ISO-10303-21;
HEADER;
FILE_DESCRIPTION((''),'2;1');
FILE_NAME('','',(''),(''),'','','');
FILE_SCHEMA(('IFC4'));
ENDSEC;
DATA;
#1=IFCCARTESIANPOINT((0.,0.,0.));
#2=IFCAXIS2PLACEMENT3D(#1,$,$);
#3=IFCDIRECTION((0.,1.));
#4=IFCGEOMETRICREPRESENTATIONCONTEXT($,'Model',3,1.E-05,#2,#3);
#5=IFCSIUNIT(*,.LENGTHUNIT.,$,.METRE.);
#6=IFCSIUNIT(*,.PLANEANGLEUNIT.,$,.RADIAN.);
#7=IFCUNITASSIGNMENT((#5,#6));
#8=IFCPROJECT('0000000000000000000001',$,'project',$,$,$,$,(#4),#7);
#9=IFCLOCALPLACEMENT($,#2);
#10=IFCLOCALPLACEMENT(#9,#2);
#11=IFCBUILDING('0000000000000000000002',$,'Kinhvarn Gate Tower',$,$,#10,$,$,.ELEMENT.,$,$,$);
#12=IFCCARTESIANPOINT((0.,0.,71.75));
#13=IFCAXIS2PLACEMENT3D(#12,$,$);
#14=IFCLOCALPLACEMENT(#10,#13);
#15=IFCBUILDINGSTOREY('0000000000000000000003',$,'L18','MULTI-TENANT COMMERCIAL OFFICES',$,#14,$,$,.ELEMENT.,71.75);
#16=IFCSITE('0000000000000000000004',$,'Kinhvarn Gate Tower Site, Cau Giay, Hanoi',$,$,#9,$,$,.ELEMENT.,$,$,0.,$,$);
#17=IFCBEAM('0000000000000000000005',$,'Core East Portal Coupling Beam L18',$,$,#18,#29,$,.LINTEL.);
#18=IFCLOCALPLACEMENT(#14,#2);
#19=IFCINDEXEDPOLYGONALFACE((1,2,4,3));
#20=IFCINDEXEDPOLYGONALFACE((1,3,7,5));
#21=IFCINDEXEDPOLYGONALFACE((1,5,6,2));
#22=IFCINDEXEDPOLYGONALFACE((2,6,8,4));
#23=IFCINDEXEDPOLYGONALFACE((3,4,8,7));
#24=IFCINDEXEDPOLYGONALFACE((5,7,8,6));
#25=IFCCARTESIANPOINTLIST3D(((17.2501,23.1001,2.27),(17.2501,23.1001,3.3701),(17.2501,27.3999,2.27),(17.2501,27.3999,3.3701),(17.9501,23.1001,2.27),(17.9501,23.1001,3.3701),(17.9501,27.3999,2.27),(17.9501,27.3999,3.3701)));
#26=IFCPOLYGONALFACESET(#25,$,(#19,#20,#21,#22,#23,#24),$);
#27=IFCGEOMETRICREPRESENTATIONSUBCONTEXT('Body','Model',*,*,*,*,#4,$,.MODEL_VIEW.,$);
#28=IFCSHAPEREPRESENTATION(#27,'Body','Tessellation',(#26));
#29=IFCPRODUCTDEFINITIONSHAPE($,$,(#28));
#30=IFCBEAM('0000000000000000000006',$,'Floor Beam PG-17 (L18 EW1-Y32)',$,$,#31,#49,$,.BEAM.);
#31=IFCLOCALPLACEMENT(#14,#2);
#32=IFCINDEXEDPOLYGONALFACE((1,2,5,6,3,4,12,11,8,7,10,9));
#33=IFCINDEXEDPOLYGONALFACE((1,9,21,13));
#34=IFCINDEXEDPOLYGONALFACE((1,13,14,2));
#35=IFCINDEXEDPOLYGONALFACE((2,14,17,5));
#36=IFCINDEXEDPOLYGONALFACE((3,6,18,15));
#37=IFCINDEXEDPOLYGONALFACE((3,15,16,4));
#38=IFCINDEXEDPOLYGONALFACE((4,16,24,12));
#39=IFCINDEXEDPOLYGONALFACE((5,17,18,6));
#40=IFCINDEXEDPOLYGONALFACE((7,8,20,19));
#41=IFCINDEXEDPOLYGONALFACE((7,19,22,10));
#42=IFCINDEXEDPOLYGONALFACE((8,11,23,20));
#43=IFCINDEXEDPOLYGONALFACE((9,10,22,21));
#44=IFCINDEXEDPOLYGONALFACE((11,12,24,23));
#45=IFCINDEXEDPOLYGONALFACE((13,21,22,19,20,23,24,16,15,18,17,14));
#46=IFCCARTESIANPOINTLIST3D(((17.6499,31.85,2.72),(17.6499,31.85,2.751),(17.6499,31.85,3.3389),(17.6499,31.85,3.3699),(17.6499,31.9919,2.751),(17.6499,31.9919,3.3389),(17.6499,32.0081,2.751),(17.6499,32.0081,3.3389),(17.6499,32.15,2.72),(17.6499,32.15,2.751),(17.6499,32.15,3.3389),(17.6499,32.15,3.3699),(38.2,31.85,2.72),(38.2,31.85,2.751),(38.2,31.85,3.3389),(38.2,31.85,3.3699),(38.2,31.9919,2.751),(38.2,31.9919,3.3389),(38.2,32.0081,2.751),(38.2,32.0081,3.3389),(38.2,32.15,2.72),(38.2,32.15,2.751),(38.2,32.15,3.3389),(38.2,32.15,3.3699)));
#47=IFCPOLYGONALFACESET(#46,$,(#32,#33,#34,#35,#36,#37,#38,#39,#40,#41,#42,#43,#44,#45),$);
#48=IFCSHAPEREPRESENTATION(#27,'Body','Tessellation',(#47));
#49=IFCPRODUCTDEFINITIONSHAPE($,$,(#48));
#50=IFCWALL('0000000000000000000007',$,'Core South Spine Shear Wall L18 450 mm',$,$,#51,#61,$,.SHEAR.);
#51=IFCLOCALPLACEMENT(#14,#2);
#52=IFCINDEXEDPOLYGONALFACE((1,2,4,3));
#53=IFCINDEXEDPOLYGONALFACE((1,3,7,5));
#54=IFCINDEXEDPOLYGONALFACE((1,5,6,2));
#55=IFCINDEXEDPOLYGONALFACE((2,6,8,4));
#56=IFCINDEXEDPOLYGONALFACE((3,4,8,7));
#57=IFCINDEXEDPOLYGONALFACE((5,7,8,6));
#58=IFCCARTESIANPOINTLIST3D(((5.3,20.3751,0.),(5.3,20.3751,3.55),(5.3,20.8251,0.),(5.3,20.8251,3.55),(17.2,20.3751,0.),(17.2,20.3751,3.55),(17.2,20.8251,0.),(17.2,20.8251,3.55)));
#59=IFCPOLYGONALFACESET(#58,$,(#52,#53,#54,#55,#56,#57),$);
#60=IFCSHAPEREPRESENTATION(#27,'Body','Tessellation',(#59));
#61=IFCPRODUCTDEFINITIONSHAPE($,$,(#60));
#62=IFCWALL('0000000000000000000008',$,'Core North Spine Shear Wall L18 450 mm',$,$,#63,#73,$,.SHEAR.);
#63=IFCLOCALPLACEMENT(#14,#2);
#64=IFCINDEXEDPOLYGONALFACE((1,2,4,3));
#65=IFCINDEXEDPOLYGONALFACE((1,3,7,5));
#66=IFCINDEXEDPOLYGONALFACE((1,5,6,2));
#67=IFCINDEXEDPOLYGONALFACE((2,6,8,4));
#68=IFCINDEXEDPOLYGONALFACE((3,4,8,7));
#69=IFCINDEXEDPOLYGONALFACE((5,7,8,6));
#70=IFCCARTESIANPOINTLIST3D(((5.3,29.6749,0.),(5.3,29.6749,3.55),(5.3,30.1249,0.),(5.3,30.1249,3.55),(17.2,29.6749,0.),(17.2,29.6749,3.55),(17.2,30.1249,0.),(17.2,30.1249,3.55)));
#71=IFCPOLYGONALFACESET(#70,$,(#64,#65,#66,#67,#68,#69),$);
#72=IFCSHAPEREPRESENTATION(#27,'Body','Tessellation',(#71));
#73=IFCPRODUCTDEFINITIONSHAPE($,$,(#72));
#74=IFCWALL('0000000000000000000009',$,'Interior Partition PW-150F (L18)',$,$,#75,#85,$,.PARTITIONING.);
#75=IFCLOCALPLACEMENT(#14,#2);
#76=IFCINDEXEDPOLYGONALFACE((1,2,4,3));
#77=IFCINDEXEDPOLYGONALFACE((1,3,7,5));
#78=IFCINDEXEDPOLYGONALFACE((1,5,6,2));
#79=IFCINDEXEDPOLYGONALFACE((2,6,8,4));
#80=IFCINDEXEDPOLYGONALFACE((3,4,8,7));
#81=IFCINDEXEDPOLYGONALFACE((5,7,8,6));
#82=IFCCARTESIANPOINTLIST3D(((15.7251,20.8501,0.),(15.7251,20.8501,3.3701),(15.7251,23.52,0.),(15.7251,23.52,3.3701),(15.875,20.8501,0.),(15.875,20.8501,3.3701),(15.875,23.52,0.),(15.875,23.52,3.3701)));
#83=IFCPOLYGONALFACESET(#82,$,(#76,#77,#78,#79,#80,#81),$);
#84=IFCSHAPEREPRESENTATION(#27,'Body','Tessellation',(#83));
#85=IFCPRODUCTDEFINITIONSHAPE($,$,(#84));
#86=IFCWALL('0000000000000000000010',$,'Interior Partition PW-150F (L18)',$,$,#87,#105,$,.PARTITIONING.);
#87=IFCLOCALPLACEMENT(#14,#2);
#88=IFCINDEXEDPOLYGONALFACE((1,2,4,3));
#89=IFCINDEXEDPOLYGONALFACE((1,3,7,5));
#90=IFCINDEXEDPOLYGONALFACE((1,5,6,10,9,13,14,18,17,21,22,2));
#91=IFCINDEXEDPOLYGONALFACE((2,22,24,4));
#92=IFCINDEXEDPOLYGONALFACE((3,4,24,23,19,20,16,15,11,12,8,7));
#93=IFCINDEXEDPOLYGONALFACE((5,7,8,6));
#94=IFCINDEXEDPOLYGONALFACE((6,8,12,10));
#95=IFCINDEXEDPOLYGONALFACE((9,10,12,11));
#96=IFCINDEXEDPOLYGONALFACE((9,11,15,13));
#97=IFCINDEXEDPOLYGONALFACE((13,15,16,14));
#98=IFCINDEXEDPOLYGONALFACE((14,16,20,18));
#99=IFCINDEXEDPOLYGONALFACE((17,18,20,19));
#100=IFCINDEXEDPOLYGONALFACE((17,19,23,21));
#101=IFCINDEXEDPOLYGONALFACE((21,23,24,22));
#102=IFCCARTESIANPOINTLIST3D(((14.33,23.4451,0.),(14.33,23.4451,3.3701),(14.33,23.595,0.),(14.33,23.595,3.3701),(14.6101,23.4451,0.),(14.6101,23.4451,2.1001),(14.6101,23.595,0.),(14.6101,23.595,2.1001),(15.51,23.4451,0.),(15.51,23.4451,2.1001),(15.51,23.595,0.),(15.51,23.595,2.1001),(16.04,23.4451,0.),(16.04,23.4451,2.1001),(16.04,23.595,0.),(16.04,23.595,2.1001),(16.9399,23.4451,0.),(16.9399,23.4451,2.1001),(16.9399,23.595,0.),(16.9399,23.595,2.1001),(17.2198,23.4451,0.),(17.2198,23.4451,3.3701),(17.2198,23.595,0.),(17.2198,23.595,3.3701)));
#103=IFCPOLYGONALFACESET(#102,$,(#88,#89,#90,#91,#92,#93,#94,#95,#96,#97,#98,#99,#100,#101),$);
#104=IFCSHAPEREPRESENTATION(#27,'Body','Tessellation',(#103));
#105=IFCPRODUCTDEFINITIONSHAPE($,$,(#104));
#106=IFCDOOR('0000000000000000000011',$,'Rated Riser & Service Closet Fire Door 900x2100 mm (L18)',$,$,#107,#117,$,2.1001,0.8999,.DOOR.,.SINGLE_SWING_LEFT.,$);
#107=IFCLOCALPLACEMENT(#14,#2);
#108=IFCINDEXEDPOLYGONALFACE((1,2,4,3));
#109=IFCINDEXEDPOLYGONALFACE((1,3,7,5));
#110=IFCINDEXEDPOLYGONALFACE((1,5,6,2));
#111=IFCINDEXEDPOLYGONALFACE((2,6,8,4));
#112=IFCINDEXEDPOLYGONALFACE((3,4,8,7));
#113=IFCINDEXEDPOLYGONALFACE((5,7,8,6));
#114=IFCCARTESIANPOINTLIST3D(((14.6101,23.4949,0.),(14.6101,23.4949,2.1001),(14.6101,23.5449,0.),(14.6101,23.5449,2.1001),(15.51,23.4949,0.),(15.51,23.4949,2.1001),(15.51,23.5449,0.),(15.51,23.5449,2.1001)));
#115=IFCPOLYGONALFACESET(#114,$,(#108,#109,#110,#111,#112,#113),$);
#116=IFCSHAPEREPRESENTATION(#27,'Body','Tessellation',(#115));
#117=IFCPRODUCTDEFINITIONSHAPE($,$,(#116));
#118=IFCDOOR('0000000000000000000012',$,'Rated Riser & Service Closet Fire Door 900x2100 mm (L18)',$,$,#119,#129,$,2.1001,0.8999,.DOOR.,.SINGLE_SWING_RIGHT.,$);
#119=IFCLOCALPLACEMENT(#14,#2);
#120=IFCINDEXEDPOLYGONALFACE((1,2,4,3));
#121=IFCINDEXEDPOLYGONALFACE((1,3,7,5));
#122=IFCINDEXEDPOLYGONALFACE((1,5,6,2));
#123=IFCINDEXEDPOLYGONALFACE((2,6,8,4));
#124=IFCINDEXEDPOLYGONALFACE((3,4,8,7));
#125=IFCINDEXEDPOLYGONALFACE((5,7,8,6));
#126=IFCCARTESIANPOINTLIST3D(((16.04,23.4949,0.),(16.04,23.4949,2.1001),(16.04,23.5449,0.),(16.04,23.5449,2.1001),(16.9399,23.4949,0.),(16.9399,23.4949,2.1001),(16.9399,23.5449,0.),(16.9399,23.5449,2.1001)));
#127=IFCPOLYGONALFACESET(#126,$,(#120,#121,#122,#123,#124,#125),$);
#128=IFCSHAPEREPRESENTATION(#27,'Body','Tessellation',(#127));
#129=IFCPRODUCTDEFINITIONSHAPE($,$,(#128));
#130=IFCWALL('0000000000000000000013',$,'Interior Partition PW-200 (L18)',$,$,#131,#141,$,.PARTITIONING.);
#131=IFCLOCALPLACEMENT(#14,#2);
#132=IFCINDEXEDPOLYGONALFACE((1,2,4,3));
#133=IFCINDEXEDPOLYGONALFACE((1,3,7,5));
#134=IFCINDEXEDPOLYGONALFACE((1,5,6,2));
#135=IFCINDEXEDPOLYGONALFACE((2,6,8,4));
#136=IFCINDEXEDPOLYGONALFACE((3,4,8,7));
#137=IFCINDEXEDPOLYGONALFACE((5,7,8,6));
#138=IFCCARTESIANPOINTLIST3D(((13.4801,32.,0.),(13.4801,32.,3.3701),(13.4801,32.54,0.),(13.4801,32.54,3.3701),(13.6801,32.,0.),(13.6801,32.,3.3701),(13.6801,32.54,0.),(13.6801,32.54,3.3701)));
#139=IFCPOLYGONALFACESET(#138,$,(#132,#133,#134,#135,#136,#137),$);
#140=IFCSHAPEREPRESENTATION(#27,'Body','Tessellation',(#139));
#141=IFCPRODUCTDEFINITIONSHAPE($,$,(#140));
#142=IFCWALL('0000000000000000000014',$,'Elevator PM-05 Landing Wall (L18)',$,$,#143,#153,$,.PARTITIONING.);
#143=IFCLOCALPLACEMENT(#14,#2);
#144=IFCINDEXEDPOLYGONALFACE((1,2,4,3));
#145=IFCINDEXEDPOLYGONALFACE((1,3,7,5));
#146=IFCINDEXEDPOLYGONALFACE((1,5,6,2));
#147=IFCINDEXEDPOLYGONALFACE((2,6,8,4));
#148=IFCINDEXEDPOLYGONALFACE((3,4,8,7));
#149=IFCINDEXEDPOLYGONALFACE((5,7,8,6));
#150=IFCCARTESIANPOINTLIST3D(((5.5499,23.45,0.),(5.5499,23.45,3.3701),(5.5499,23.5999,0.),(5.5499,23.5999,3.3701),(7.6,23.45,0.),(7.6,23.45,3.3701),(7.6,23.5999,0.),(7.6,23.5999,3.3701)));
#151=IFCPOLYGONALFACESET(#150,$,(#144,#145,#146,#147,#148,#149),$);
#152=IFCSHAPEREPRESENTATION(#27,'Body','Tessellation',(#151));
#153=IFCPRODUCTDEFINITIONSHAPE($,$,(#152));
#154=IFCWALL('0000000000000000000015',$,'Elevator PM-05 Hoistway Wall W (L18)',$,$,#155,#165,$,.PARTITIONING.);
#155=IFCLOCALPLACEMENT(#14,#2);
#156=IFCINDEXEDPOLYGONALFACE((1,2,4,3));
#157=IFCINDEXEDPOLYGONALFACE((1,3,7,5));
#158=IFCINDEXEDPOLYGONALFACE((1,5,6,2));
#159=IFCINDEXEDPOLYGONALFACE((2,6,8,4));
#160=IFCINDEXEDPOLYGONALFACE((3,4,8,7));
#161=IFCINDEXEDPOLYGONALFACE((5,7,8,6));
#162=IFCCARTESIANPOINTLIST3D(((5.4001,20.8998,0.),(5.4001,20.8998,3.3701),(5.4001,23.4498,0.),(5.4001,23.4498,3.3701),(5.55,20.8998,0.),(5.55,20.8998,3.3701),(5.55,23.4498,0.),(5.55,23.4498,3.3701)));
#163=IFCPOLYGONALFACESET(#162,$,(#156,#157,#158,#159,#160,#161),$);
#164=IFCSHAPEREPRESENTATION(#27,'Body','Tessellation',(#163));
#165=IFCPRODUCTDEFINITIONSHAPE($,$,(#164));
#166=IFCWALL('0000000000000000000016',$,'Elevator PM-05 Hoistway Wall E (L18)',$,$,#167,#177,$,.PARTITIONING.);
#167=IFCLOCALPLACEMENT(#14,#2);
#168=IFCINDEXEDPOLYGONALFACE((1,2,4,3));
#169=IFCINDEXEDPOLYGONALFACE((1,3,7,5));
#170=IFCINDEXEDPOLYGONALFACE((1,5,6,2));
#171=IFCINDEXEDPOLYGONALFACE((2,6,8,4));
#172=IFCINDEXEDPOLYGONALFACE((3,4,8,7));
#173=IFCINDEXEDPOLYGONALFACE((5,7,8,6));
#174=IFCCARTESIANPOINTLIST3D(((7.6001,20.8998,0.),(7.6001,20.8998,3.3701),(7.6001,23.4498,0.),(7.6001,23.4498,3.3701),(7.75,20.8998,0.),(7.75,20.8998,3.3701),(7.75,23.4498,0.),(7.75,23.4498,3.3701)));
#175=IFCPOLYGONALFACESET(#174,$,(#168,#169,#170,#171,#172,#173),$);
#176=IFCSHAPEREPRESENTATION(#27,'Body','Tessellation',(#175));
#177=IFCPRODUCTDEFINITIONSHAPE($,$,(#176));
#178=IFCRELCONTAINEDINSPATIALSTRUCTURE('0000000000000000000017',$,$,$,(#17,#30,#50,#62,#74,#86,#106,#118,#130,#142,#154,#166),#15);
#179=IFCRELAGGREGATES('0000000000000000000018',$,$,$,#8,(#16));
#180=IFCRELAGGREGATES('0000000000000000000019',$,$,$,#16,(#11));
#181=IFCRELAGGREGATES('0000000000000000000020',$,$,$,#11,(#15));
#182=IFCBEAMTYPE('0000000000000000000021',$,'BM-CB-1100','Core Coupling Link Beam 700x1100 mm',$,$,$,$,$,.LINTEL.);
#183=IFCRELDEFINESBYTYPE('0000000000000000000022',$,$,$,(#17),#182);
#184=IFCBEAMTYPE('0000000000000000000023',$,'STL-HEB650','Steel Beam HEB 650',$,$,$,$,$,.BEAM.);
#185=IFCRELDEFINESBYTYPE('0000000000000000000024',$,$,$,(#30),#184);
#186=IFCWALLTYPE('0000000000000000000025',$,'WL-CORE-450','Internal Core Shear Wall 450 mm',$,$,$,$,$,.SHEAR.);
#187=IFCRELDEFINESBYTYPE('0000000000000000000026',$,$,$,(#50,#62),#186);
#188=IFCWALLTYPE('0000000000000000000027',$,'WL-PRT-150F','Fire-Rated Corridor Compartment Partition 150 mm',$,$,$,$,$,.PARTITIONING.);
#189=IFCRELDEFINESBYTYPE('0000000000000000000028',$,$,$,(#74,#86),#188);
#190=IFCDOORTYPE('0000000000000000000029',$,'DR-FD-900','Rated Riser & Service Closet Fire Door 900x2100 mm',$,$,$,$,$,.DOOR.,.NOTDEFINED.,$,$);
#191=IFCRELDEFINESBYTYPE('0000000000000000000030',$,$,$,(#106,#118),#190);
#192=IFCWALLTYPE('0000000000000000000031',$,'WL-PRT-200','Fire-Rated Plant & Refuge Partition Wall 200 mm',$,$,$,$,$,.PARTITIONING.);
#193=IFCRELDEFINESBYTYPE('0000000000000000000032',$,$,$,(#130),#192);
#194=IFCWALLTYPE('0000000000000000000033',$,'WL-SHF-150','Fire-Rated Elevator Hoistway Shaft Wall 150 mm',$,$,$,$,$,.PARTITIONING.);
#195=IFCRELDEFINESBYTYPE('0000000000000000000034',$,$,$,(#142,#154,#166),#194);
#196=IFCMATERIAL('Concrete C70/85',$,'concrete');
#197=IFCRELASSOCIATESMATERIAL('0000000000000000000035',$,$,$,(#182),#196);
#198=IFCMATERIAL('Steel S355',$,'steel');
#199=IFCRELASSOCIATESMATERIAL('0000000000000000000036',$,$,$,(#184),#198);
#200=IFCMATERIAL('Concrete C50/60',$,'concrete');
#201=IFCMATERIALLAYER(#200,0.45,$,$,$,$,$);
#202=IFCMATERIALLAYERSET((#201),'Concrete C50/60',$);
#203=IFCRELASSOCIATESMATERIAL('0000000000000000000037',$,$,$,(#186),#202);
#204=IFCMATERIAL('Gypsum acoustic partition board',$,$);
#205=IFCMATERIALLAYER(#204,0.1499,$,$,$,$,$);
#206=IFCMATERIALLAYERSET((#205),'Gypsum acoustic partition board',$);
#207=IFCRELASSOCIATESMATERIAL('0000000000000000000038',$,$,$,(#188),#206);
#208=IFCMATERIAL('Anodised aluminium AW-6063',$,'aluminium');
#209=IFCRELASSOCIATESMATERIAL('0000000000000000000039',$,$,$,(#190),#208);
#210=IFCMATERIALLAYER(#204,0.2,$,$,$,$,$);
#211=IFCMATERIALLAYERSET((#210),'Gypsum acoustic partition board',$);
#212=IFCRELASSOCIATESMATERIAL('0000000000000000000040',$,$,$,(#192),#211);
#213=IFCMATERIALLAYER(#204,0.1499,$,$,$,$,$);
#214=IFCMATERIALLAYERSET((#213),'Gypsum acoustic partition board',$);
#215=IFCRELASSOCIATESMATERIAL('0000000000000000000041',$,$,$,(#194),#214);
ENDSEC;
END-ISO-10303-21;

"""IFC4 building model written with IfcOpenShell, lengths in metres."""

from ifc_helpers import new_model, si_unit, direction, frame, frame_2d, origin, origin_2d, place, context, subcontext, project, spatial, rectangle, i_section, extrude, material, layer, layer_set, material_profile, profile_set, type_object, element, fill, save


model = new_model("IFC4")

# Units and contexts
model_context = context("Model", 3, precision=1e-05, world=origin(), true_north=direction((0.0, 1.0)))
body_context = subcontext(model_context, "Body", "Model", "MODEL_VIEW")
ifc_project = project(units=[si_unit("LENGTHUNIT", "METRE"), si_unit("PLANEANGLEUNIT", "RADIAN")], contexts=[model_context])

# Site, building, storey
site_placement = place(None, origin())
site = spatial("IfcSite", under=ifc_project, at=site_placement, Name="Kinhvarn Gate Tower Site, Cau Giay, Hanoi", CompositionType="ELEMENT", RefElevation=0.0)
building_placement = place(site_placement, origin())
building = spatial("IfcBuilding", under=site, at=building_placement, Name="Kinhvarn Gate Tower", CompositionType="ELEMENT")
storey_placement = place(building_placement, frame((0.0, 0.0, 71.75)))
storey = spatial("IfcBuildingStorey", under=building, at=storey_placement, Name="L18", Description="MULTI-TENANT COMMERCIAL OFFICES", CompositionType="ELEMENT", Elevation=71.75)

# Beams
ifc_material_1 = material(Name="Concrete C70/85", Category="concrete")
ifc_material_profile_1 = material_profile(ifc_material_1, rectangle(XDim=0.7, YDim=1.1001, at=origin_2d()), Name="RC 700x1100")
ifc_profile_set_1 = profile_set([ifc_material_profile_1], Name="Concrete C70/85")
beam_type_1 = type_object("IfcBeamType", Name="BM-CB-1100", Description="Core Coupling Link Beam 700x1100 mm", PredefinedType="LINTEL", material=ifc_profile_set_1)
beam_1_placement = place(storey_placement, frame((17.6001, 23.1001, 2.8201), z_axis=(0.0, 1.0, 0.0), x_axis=(-1.0, 0.0, 0.0)))
element("IfcBeam", 1, at=beam_1_placement, inside=storey, type_object=beam_type_1, Name="Core East Portal Coupling Beam L18", PredefinedType="LINTEL", context=body_context, shape_type="SweptSolid", body=[
    extrude(rectangle(XDim=0.7, YDim=1.1001, at=origin_2d()), origin(), (0.0, 0.0, 1.0), 4.2998),
])
ifc_material_2 = material(Name="Steel S355", Category="steel")
ifc_material_profile_2 = material_profile(ifc_material_2, i_section(OverallWidth=0.3, OverallDepth=0.6499, WebThickness=0.0161, FlangeThickness=0.031, at=origin_2d()), Name="HEB 650")
ifc_profile_set_2 = profile_set([ifc_material_profile_2], Name="Steel S355")
beam_type_2 = type_object("IfcBeamType", Name="STL-HEB650", Description="Steel Beam HEB 650", PredefinedType="BEAM", material=ifc_profile_set_2)
beam_2_placement = place(storey_placement, frame((17.6499, 32.0, 3.0449), z_axis=(1.0, 0.0, 0.0), x_axis=(0.0, 1.0, 0.0)))
element("IfcBeam", 2, at=beam_2_placement, inside=storey, type_object=beam_type_2, Name="Floor Beam PG-17 (L18 EW1-Y32)", PredefinedType="BEAM", context=body_context, shape_type="SweptSolid", body=[
    extrude(i_section(OverallWidth=0.3, OverallDepth=0.6499, WebThickness=0.0161, FlangeThickness=0.031, at=origin_2d()), origin(), (0.0, 0.0, 1.0), 20.55),
])

# Walls
ifc_material_3 = material(Name="Concrete C50/60", Category="concrete")
ifc_layer_1 = layer(ifc_material_3, 0.45)
ifc_layer_set_1 = layer_set([ifc_layer_1], Name="Concrete C50/60")
wall_type_1 = type_object("IfcWallType", Name="WL-CORE-450", Description="Internal Core Shear Wall 450 mm", PredefinedType="SHEAR", material=ifc_layer_set_1)
for number, where, z_axis, x_axis, name in (
    (3, (5.3, 20.6001, 0.0), (0.0, 0.0, 1.0), (1.0, 0.0, 0.0), "Core South Spine Shear Wall L18 450 mm"),
    (4, (5.3, 29.8999, 0.0), (0.0, 0.0, 1.0), (1.0, 0.0, 0.0), "Core North Spine Shear Wall L18 450 mm"),
):
    element("IfcWall", number, at=place(storey_placement, frame(where, z_axis=z_axis, x_axis=x_axis)), inside=storey, type_object=wall_type_1, Name=name, PredefinedType="SHEAR", context=body_context, shape_type="SweptSolid", body=[
        extrude(rectangle(XDim=11.8999, YDim=0.45, at=frame_2d((5.95, 0.0))), origin(), (0.0, 0.0, 1.0), 3.55),
    ])

# Shared definitions
ifc_material_4 = material(Name="Anodised aluminium AW-6063", Category="aluminium")

# Wall
ifc_material_5 = material(Name="Gypsum acoustic partition board")
ifc_layer_2 = layer(ifc_material_5, 0.1499)
ifc_layer_set_2 = layer_set([ifc_layer_2], Name="Gypsum acoustic partition board")
wall_type_2 = type_object("IfcWallType", Name="WL-PRT-150F", Description="Fire-Rated Corridor Compartment Partition 150 mm", PredefinedType="PARTITIONING", material=ifc_layer_set_2)
wall_1_placement = place(storey_placement, frame((15.8, 20.8501, 0.0), z_axis=(0.0, 0.0, 1.0), x_axis=(0.0, 1.0, 0.0)))
element("IfcWall", 5, at=wall_1_placement, inside=storey, type_object=wall_type_2, Name="Interior Partition PW-150F (L18)", PredefinedType="PARTITIONING", context=body_context, shape_type="SweptSolid", body=[
    extrude(rectangle(XDim=2.6699, YDim=0.1499, at=frame_2d((1.335, 0.0))), origin(), (0.0, 0.0, 1.0), 3.3701),
])

# Wall, openings, doors
wall_2_placement = place(storey_placement, frame((14.3301, 23.52, 0.0), z_axis=(0.0, 0.0, 1.0), x_axis=(1.0, 0.0, 0.0)))
wall_2 = element("IfcWall", 6, at=wall_2_placement, inside=storey, type_object=wall_type_2, Name="Interior Partition PW-150F (L18)", PredefinedType="PARTITIONING", context=body_context, shape_type="SweptSolid", body=[
    extrude(rectangle(XDim=2.8899, YDim=0.1499, at=frame_2d((1.4448, 0.0))), origin(), (0.0, 0.0, 1.0), 3.3701),
])
opening_1_placement = place(wall_2_placement, frame((0.28, 0.0, 0.0)))
opening_1 = element("IfcOpeningElement", 7, at=opening_1_placement, cuts=wall_2, PredefinedType="OPENING", context=body_context, shape_type="SweptSolid", body=[
    extrude(rectangle(XDim=0.8999, YDim=2.1001, at=frame_2d((0.45, 1.05))), frame((0.0, 0.085, 0.0), z_axis=(0.0, -1.0, 0.0), x_axis=(1.0, 0.0, 0.0)), (0.0, 0.0, 1.0), 0.1699),
])
opening_2_placement = place(wall_2_placement, frame((1.71, 0.0, 0.0)))
opening_2 = element("IfcOpeningElement", 8, at=opening_2_placement, cuts=wall_2, PredefinedType="OPENING", context=body_context, shape_type="SweptSolid", body=[
    extrude(rectangle(XDim=0.8999, YDim=2.1001, at=frame_2d((0.45, 1.05))), frame((0.0, 0.085, 0.0), z_axis=(0.0, -1.0, 0.0), x_axis=(1.0, 0.0, 0.0)), (0.0, 0.0, 1.0), 0.1699),
])
door_type_1 = type_object("IfcDoorType", Name="DR-FD-900", Description="Rated Riser & Service Closet Fire Door 900x2100 mm", OperationType="NOTDEFINED", PredefinedType="DOOR", material=ifc_material_4)
door_1_placement = place(opening_1_placement, origin())
door_1 = element("IfcDoor", 9, at=door_1_placement, inside=storey, type_object=door_type_1, Name="Rated Riser & Service Closet Fire Door 900x2100 mm (L18)", OperationType="SINGLE_SWING_LEFT", OverallHeight=2.1001, OverallWidth=0.8999, PredefinedType="DOOR", context=body_context, shape_type="SweptSolid", body=[
    extrude(rectangle(XDim=0.8999, YDim=2.1001, at=frame_2d((0.45, 1.05))), frame((0.0, 0.0249, 0.0), z_axis=(0.0, -1.0, 0.0), x_axis=(1.0, 0.0, 0.0)), (0.0, 0.0, 1.0), 0.05),
])
fill(opening_1, door_1)
door_2_placement = place(opening_2_placement, origin())
door_2 = element("IfcDoor", 10, at=door_2_placement, inside=storey, type_object=door_type_1, Name="Rated Riser & Service Closet Fire Door 900x2100 mm (L18)", OperationType="SINGLE_SWING_RIGHT", OverallHeight=2.1001, OverallWidth=0.8999, PredefinedType="DOOR", context=body_context, shape_type="SweptSolid", body=[
    extrude(rectangle(XDim=0.8999, YDim=2.1001, at=frame_2d((0.45, 1.05))), frame((0.0, 0.0249, 0.0), z_axis=(0.0, -1.0, 0.0), x_axis=(1.0, 0.0, 0.0)), (0.0, 0.0, 1.0), 0.05),
])
fill(opening_2, door_2)

# Walls
ifc_layer_3 = layer(ifc_material_5, 0.2)
ifc_layer_set_3 = layer_set([ifc_layer_3], Name="Gypsum acoustic partition board")
wall_type_3 = type_object("IfcWallType", Name="WL-PRT-200", Description="Fire-Rated Plant & Refuge Partition Wall 200 mm", PredefinedType="PARTITIONING", material=ifc_layer_set_3)
wall_3_placement = place(storey_placement, frame((13.5801, 32.0, 0.0), z_axis=(0.0, 0.0, 1.0), x_axis=(0.0, 1.0, 0.0)))
element("IfcWall", 11, at=wall_3_placement, inside=storey, type_object=wall_type_3, Name="Interior Partition PW-200 (L18)", PredefinedType="PARTITIONING", context=body_context, shape_type="SweptSolid", body=[
    extrude(rectangle(XDim=0.54, YDim=0.2, at=frame_2d((0.27, 0.0))), origin(), (0.0, 0.0, 1.0), 3.3701),
])
ifc_layer_4 = layer(ifc_material_5, 0.1499)
ifc_layer_set_4 = layer_set([ifc_layer_4], Name="Gypsum acoustic partition board")
wall_type_4 = type_object("IfcWallType", Name="WL-SHF-150", Description="Fire-Rated Elevator Hoistway Shaft Wall 150 mm", PredefinedType="PARTITIONING", material=ifc_layer_set_4)
wall_4_placement = place(storey_placement, frame((5.55, 23.5249, 0.0), z_axis=(0.0, 0.0, 1.0), x_axis=(1.0, 0.0, 0.0)))
element("IfcWall", 12, at=wall_4_placement, inside=storey, type_object=wall_type_4, Name="Elevator PM-05 Landing Wall (L18)", PredefinedType="PARTITIONING", context=body_context, shape_type="SweptSolid", body=[
    extrude(rectangle(XDim=2.05, YDim=0.1499, at=frame_2d((1.0249, 0.0))), origin(), (0.0, 0.0, 1.0), 3.3701),
])
for number, where, z_axis, x_axis, name in (
    (13, (5.4751, 20.8999, 0.0), (0.0, 0.0, 1.0), (0.0, 1.0, 0.0), "Elevator PM-05 Hoistway Wall W (L18)"),
    (14, (7.675, 20.8999, 0.0), (0.0, 0.0, 1.0), (0.0, 1.0, 0.0), "Elevator PM-05 Hoistway Wall E (L18)"),
):
    element("IfcWall", number, at=place(storey_placement, frame(where, z_axis=z_axis, x_axis=x_axis)), inside=storey, type_object=wall_type_4, Name=name, PredefinedType="PARTITIONING", context=body_context, shape_type="SweptSolid", body=[
        extrude(rectangle(XDim=2.55, YDim=0.1499, at=frame_2d((1.2749, 0.0))), origin(), (0.0, 0.0, 1.0), 3.3701),
    ])

save(model, "model.ifc")
